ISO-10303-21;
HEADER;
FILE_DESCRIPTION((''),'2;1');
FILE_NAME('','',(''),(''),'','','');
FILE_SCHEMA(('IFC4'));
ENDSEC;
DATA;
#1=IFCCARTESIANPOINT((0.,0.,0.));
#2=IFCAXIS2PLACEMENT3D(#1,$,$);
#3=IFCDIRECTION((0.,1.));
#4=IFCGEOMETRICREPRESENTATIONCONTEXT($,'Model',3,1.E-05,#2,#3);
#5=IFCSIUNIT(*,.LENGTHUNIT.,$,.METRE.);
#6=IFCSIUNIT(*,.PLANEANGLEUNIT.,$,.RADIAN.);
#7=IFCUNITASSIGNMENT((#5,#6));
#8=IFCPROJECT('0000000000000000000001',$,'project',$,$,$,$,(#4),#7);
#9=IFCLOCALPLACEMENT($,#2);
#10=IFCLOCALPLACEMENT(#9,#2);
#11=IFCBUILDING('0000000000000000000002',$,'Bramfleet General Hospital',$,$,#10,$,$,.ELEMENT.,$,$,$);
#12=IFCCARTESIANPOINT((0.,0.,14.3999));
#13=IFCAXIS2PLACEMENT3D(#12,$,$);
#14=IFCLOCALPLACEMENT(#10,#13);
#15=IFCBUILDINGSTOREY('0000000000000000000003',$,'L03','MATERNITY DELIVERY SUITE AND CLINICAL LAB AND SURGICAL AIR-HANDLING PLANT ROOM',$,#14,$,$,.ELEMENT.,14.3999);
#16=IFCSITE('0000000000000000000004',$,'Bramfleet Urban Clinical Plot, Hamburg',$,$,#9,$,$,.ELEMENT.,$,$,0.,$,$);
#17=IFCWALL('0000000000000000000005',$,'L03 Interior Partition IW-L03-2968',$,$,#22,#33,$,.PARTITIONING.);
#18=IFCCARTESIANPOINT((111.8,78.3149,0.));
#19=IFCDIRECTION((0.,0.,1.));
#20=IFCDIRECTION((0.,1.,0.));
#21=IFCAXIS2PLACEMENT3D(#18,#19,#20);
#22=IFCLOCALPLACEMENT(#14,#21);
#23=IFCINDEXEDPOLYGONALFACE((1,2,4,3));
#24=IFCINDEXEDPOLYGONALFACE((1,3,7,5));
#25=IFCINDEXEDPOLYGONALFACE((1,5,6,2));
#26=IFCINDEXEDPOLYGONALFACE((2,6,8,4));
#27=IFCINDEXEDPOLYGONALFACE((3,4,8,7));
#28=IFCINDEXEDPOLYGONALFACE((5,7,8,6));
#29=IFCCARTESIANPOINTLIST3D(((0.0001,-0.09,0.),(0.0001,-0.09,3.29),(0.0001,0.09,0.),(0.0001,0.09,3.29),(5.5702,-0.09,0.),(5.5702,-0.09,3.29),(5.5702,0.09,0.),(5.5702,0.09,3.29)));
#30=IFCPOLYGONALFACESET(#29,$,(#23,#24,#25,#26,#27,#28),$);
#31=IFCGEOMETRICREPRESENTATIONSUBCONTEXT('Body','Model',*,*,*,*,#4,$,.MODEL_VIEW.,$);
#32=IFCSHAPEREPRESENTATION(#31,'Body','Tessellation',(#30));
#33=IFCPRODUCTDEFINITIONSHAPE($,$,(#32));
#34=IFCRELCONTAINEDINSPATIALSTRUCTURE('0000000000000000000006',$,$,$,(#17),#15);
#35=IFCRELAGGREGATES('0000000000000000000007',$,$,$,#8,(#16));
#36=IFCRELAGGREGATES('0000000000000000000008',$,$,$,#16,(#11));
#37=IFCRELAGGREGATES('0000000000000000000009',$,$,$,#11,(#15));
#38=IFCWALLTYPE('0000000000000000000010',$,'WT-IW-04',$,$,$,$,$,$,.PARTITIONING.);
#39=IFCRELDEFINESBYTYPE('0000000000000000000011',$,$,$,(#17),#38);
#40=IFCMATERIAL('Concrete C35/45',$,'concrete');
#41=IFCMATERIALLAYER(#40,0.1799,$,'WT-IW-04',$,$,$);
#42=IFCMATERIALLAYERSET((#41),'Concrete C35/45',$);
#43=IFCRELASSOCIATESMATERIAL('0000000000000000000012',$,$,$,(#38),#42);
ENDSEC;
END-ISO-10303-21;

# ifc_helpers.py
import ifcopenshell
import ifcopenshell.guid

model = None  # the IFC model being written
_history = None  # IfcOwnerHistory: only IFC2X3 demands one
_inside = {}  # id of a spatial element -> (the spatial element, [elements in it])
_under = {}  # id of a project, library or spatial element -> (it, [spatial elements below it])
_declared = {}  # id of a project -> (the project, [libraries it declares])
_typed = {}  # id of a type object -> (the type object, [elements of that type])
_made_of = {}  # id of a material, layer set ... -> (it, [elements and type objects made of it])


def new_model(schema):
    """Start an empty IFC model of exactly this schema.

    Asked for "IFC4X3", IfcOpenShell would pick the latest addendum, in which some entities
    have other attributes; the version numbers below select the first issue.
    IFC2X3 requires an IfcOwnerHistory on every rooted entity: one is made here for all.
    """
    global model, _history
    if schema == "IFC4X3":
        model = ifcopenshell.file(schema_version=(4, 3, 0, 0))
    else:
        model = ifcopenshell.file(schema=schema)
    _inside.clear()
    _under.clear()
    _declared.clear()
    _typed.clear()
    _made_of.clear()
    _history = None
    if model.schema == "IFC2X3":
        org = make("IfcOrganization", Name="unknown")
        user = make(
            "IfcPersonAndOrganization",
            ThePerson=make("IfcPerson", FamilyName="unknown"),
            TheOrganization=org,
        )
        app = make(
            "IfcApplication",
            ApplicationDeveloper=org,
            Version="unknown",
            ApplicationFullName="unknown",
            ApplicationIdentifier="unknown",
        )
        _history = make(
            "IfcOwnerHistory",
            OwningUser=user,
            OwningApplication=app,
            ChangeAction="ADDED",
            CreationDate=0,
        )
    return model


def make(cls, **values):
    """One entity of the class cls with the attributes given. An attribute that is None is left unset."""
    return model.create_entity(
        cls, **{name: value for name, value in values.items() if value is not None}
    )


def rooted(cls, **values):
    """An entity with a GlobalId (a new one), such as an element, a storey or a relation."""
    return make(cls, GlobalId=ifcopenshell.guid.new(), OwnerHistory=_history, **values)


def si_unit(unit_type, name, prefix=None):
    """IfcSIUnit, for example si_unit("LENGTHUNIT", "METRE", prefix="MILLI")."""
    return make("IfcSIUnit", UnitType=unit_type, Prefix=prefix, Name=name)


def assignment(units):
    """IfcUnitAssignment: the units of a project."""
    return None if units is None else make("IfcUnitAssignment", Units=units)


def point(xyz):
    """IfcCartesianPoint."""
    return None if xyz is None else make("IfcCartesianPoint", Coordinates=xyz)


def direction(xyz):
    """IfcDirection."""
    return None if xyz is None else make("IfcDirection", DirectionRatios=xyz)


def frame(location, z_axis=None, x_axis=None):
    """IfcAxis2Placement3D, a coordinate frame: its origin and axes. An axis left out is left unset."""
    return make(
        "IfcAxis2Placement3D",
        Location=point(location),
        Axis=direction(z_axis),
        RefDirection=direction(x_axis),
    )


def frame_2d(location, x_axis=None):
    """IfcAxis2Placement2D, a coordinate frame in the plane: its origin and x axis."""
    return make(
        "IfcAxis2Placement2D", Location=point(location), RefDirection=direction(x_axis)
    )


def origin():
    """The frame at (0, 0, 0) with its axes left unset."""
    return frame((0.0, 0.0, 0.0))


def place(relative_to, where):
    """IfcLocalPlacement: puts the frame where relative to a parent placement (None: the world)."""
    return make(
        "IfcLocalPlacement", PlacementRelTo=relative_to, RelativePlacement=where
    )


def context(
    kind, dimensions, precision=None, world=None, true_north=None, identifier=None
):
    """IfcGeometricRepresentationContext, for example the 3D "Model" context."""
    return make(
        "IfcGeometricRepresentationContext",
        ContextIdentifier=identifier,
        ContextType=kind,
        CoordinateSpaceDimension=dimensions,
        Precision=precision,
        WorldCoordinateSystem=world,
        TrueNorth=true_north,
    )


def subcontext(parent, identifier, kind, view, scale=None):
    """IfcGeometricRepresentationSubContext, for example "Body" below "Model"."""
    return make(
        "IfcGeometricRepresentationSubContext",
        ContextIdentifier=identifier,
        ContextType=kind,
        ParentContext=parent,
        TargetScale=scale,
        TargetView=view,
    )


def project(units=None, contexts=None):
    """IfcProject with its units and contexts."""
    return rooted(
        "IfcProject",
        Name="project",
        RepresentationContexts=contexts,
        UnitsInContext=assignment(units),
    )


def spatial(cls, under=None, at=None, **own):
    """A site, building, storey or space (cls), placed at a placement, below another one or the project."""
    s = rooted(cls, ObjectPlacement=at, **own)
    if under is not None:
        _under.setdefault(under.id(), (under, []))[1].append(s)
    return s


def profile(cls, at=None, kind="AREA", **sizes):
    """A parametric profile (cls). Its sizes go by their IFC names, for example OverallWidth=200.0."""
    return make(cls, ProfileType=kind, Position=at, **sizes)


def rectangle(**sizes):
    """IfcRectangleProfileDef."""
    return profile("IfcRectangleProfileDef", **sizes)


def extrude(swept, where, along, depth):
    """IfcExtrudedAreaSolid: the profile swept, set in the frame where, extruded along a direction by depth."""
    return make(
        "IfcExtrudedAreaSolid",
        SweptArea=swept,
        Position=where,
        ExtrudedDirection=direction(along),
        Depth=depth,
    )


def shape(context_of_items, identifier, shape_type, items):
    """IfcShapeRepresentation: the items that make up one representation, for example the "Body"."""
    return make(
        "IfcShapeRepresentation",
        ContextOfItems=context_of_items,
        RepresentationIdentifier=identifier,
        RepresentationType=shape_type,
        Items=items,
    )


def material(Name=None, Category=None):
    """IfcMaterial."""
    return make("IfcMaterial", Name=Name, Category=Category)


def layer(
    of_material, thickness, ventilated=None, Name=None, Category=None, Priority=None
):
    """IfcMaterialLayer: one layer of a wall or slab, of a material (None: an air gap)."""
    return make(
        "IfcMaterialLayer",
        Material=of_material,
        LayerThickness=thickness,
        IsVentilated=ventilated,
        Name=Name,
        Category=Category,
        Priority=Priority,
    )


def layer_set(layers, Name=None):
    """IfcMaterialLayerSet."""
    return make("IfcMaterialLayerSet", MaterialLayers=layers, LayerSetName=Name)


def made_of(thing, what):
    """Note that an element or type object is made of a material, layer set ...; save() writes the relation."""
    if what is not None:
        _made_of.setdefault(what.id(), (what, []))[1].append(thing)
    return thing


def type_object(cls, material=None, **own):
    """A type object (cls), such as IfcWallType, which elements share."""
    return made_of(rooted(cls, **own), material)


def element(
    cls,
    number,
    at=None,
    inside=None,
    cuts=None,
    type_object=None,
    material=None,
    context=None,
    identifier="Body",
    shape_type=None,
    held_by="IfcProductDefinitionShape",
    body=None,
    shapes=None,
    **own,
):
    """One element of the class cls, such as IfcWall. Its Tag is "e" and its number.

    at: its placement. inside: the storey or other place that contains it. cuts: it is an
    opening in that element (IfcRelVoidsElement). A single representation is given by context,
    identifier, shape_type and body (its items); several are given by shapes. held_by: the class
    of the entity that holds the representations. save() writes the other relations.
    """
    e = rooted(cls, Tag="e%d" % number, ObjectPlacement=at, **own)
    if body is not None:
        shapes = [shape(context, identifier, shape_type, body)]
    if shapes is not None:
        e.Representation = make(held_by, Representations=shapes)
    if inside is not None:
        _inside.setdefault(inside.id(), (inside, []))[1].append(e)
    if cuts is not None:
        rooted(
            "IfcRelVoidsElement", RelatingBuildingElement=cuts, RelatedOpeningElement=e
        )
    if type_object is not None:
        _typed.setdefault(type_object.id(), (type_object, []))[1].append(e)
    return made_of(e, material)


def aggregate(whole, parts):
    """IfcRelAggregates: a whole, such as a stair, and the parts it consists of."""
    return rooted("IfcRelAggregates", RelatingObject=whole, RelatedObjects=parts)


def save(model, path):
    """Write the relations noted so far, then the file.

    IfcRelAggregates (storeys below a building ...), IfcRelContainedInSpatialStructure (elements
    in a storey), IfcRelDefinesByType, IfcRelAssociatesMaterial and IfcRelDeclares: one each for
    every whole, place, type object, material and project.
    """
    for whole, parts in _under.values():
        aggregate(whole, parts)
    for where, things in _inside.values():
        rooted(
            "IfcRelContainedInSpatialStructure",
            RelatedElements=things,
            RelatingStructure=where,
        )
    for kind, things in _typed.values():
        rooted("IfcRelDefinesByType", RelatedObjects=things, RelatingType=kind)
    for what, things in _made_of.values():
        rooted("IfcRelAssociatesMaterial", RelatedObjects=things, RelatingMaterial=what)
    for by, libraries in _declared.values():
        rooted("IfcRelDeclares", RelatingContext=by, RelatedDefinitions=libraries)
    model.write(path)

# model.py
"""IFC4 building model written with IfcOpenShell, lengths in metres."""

from ifc_helpers import new_model, si_unit, direction, frame, frame_2d, origin, place, context, subcontext, project, spatial, rectangle, extrude, material, layer, layer_set, type_object, element, save


model = new_model("IFC4")

# Units and contexts
model_context = context("Model", 3, precision=1e-05, world=origin(), true_north=direction((0.0, 1.0)))
body_context = subcontext(model_context, "Body", "Model", "MODEL_VIEW")
ifc_project = project(units=[si_unit("LENGTHUNIT", "METRE"), si_unit("PLANEANGLEUNIT", "RADIAN")], contexts=[model_context])

# Site, building, storey
site_placement = place(None, origin())
site = spatial("IfcSite", under=ifc_project, at=site_placement, Name="Bramfleet Urban Clinical Plot, Hamburg", CompositionType="ELEMENT", RefElevation=0.0)
building_placement = place(site_placement, origin())
building = spatial("IfcBuilding", under=site, at=building_placement, Name="Bramfleet General Hospital", CompositionType="ELEMENT")
storey_placement = place(building_placement, frame((0.0, 0.0, 14.3999)))
storey = spatial("IfcBuildingStorey", under=building, at=storey_placement, Name="L03", Description="MATERNITY DELIVERY SUITE AND CLINICAL LAB AND SURGICAL AIR-HANDLING PLANT ROOM", CompositionType="ELEMENT", Elevation=14.3999)

# Shared definitions
ifc_material_1 = material(Name="Concrete C35/45", Category="concrete")

# Wall
ifc_layer_1 = layer(ifc_material_1, 0.1799, Name="WT-IW-04")
ifc_layer_set_1 = layer_set([ifc_layer_1], Name="Concrete C35/45")
wall_type_1 = type_object("IfcWallType", Name="WT-IW-04", PredefinedType="PARTITIONING", material=ifc_layer_set_1)
wall_1_placement = place(storey_placement, frame((111.8, 78.3149, 0.0), z_axis=(0.0, 0.0, 1.0), x_axis=(0.0, 1.0, 0.0)))
element("IfcWall", 1, at=wall_1_placement, inside=storey, type_object=wall_type_1, Name="L03 Interior Partition IW-L03-2968", PredefinedType="PARTITIONING", context=body_context, shape_type="SweptSolid", body=[
    extrude(rectangle(XDim=5.5701, YDim=0.1799, at=frame_2d((2.7852, 0.0))), origin(), (0.0, 0.0, 1.0), 3.29),
])

save(model, "model.ifc")
